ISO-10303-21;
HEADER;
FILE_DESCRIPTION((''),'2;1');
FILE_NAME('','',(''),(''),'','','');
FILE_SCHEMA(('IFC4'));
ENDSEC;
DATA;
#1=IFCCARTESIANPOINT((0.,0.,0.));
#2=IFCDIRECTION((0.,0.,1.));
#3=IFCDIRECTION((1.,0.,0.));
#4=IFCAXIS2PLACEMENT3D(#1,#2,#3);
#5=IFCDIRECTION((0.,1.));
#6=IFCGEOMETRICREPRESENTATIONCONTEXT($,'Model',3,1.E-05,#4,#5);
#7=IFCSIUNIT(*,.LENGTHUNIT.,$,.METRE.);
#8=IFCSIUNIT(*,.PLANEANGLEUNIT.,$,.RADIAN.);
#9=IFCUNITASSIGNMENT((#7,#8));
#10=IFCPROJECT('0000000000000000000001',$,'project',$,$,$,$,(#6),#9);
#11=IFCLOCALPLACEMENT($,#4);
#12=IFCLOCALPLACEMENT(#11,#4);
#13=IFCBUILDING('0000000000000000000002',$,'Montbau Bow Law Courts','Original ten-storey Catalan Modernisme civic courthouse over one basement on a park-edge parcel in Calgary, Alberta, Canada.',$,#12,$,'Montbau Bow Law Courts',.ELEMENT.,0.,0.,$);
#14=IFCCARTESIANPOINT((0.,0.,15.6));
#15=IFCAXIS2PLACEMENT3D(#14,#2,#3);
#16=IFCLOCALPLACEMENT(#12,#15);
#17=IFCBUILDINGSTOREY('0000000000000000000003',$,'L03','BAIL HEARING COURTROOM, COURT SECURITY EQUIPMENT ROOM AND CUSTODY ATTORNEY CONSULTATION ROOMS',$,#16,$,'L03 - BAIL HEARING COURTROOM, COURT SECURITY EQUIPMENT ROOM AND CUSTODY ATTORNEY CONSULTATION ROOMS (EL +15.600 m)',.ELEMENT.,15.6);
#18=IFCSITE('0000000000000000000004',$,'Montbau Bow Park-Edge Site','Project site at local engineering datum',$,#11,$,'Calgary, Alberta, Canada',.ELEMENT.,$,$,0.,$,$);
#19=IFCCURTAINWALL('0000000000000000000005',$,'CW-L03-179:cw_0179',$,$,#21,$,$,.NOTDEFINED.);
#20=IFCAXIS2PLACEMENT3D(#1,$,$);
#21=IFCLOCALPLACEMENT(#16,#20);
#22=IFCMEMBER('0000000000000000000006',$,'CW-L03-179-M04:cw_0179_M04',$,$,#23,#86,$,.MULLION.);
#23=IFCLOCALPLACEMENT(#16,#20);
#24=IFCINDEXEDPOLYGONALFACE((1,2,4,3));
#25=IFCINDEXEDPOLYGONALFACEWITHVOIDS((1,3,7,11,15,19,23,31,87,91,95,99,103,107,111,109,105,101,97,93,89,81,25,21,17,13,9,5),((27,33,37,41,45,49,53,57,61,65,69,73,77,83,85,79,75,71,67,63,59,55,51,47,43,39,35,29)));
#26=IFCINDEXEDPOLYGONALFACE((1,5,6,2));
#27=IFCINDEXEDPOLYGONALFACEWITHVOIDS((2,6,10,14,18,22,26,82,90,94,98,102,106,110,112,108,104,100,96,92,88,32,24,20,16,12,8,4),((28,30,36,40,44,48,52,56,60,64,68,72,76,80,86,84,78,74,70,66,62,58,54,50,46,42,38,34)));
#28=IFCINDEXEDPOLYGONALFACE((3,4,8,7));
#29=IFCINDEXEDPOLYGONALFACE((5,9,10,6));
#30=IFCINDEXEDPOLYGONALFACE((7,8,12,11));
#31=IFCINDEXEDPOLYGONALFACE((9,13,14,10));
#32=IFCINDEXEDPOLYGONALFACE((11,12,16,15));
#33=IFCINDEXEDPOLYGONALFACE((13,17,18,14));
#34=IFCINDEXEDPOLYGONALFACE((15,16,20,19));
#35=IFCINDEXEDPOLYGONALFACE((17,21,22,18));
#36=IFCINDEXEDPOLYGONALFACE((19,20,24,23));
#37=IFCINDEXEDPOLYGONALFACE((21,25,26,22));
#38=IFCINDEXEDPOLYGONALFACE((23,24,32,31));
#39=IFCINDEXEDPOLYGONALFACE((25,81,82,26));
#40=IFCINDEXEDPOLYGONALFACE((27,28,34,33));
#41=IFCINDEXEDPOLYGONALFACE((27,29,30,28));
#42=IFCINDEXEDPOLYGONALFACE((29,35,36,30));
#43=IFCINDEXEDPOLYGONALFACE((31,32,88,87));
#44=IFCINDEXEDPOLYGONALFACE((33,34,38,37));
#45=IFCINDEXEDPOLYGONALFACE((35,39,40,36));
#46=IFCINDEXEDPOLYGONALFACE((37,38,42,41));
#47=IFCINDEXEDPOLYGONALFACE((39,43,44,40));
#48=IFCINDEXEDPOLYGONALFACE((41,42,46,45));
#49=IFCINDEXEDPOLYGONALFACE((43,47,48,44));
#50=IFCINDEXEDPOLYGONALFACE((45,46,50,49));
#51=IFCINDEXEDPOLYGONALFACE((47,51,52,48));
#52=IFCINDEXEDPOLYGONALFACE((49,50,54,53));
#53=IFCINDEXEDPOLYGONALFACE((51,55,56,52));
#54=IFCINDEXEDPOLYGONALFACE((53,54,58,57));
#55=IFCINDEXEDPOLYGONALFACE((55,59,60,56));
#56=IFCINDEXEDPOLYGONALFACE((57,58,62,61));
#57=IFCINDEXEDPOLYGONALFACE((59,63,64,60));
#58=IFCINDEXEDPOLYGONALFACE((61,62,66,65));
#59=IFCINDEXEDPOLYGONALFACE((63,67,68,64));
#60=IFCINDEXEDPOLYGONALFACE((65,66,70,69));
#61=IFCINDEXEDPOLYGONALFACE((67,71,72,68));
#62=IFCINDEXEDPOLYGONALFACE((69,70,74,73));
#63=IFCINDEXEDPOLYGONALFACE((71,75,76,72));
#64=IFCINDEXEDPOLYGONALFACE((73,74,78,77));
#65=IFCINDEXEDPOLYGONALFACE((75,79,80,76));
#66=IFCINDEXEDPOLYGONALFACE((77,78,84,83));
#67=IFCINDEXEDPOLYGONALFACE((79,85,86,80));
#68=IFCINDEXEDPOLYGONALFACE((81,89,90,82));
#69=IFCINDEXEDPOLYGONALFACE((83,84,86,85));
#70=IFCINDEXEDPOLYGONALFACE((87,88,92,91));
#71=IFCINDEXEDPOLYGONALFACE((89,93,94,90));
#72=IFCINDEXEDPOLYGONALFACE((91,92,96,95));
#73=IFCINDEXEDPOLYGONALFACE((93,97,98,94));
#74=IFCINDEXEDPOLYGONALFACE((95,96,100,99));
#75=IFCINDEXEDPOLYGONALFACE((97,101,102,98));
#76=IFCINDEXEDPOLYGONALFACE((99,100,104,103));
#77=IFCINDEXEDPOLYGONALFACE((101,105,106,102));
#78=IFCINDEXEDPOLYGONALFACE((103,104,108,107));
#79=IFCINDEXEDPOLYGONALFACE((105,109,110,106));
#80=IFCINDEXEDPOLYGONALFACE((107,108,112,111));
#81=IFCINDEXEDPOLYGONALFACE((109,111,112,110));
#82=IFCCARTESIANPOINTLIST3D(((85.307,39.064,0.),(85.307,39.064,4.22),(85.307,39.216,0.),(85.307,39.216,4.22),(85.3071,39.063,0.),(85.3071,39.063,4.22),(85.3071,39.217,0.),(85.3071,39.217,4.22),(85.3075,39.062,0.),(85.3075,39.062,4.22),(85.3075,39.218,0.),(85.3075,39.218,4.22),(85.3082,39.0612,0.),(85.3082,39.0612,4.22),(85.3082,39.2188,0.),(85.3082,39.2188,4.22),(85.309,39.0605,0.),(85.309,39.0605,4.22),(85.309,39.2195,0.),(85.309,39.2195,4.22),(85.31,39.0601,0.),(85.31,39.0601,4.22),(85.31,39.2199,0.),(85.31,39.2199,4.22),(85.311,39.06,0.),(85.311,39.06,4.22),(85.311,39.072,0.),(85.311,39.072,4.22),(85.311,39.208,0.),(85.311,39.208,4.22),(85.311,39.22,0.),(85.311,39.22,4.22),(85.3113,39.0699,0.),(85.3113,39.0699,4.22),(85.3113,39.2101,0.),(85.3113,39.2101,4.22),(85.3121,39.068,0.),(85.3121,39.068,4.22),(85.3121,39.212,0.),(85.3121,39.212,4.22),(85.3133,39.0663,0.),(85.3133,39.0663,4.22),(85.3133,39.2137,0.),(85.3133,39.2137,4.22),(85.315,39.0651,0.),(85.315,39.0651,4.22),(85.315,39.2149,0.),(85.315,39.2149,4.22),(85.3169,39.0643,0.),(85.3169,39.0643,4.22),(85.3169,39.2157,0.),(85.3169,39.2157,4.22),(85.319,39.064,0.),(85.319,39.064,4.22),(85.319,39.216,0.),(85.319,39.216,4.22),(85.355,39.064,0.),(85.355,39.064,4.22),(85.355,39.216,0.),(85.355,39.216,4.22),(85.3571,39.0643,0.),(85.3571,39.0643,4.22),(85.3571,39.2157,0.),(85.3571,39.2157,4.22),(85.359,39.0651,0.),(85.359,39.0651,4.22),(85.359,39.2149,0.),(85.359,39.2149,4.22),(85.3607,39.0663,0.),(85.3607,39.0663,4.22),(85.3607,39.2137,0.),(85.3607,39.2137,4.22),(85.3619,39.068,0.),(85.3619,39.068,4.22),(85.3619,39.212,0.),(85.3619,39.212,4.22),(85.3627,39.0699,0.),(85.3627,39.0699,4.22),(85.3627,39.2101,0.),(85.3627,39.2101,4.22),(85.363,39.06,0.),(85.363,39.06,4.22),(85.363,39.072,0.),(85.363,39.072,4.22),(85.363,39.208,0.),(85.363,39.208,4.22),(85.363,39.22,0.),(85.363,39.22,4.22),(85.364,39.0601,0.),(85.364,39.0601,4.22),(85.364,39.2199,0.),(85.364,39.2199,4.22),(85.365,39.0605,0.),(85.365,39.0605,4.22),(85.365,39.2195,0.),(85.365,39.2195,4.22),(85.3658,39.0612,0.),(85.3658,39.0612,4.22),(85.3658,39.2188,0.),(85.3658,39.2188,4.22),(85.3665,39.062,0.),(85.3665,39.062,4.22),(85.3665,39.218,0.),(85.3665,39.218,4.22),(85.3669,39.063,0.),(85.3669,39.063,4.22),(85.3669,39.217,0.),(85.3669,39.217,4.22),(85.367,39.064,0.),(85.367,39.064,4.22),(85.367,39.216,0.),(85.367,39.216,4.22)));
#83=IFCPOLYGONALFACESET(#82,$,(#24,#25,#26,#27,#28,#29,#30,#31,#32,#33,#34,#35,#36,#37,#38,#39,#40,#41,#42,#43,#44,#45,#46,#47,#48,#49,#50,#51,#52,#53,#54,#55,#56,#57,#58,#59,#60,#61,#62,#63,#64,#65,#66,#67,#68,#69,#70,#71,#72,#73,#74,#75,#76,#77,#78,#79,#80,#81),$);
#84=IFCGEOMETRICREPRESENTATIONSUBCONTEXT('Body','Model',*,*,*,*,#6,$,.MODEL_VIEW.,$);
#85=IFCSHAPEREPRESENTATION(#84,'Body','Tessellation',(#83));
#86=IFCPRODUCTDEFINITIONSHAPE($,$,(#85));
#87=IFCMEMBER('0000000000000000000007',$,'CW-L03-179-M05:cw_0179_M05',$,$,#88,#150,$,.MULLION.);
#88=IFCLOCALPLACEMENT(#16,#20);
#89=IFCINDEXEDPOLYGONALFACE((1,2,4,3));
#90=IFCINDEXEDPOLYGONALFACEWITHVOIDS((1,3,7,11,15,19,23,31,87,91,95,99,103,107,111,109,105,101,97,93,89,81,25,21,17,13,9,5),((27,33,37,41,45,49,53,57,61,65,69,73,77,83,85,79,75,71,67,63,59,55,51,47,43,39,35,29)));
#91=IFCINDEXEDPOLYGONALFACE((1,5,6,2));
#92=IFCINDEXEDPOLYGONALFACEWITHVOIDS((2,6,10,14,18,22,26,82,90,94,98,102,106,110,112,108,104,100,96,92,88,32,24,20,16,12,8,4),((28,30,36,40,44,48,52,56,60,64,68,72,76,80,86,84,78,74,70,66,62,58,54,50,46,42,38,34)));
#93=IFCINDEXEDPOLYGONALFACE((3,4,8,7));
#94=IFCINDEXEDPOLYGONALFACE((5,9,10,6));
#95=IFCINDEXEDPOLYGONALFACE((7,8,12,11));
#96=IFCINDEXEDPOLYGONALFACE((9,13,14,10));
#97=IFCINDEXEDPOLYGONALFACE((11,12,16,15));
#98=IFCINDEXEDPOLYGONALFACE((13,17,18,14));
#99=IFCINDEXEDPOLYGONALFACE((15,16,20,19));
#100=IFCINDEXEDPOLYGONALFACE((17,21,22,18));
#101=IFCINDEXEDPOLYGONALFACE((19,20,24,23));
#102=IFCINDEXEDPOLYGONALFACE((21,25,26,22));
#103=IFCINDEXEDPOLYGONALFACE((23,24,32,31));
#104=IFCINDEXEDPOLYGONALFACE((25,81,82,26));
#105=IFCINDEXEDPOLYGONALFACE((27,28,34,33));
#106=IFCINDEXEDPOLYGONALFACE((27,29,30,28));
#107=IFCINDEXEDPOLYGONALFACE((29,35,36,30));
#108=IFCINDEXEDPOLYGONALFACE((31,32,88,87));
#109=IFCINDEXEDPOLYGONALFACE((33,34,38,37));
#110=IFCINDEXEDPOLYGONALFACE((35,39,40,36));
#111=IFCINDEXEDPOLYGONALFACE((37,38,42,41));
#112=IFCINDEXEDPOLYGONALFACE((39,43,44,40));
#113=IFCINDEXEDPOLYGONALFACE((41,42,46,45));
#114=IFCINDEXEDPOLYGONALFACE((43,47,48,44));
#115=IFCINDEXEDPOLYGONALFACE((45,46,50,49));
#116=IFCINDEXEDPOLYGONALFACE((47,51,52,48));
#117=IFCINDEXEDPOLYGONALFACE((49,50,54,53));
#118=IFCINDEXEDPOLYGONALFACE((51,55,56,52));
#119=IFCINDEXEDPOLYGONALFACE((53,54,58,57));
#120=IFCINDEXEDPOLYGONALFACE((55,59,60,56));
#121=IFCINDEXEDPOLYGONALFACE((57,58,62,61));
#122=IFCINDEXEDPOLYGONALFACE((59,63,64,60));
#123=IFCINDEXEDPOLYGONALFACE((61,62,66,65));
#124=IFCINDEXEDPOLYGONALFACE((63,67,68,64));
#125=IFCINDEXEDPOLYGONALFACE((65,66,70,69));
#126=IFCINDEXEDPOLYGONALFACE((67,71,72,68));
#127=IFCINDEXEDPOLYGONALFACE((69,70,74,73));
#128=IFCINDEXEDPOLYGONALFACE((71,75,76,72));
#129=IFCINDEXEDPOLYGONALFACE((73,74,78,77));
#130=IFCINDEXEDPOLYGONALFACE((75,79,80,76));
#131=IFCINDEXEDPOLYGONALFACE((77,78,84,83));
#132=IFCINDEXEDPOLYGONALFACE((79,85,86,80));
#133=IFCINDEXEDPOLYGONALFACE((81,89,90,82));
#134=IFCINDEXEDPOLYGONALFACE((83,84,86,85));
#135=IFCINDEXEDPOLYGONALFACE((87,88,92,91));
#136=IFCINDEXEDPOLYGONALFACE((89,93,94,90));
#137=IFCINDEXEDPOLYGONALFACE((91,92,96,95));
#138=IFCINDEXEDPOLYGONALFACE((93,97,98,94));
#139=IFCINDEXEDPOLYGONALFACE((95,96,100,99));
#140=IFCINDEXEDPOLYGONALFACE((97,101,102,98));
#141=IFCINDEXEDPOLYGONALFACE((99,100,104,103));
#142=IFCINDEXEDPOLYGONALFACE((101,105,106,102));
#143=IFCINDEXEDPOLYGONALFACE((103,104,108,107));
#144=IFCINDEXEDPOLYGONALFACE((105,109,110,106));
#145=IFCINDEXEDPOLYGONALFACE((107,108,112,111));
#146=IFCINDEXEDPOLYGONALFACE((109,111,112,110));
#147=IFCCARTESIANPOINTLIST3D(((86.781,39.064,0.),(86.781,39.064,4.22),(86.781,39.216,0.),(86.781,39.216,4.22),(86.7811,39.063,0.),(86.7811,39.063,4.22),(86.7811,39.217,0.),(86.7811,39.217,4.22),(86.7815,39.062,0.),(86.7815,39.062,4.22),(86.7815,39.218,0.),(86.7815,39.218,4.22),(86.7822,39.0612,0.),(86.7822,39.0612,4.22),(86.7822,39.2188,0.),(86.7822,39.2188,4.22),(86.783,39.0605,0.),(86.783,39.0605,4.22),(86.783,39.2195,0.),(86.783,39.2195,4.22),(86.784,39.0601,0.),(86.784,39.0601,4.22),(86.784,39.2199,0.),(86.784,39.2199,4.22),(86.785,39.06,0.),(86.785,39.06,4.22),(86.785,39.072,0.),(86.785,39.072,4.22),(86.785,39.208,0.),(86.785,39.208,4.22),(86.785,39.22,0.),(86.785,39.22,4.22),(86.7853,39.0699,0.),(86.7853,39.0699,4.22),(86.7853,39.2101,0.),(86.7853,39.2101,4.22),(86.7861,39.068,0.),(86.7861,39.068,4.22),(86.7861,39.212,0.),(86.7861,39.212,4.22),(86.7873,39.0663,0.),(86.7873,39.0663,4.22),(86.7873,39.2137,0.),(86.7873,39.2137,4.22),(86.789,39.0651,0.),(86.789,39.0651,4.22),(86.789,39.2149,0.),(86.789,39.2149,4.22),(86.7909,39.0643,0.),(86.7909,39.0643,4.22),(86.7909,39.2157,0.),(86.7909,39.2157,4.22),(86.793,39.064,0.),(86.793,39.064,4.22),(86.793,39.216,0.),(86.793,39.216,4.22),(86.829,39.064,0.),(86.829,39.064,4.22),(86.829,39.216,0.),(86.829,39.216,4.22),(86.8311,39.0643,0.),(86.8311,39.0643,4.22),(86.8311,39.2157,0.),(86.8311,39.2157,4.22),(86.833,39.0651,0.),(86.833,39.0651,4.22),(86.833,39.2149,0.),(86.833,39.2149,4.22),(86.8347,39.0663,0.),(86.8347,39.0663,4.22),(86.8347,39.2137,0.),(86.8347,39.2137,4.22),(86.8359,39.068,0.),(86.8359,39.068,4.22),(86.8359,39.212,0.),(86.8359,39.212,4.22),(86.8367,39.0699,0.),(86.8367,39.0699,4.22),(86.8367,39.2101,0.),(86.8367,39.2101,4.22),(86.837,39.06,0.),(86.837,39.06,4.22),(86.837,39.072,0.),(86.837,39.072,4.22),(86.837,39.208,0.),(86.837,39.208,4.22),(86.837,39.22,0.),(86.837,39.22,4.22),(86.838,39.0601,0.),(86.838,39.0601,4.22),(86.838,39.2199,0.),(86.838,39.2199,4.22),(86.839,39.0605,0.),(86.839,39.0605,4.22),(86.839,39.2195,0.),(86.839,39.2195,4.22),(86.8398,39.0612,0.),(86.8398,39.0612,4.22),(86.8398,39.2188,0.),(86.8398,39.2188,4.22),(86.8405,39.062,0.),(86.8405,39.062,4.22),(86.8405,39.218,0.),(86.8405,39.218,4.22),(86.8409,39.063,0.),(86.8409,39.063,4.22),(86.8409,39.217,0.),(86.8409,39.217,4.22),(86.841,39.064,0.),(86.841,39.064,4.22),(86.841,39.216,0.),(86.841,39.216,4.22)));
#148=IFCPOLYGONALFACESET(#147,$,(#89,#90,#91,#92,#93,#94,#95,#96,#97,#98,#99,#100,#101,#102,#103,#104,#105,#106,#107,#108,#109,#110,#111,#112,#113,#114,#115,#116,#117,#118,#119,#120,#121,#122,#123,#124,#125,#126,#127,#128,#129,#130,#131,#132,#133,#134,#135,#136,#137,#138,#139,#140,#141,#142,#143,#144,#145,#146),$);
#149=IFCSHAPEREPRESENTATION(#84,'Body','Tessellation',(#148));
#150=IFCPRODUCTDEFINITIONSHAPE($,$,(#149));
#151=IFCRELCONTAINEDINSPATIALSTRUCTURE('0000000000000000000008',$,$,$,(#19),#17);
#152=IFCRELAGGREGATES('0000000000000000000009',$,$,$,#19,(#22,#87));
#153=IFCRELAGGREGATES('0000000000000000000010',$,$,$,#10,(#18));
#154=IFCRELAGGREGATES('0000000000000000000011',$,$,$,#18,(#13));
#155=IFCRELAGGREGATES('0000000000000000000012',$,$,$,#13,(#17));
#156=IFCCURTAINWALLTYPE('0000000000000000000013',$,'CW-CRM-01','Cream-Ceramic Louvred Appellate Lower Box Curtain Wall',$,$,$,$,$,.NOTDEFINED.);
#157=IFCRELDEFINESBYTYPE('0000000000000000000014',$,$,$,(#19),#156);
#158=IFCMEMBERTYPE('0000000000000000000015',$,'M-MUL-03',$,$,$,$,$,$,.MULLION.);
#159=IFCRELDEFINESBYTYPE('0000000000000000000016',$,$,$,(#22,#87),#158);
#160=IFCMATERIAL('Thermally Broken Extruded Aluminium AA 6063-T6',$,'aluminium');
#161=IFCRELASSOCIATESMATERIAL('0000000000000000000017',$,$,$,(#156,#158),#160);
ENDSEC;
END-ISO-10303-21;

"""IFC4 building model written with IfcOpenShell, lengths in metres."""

from ifc_helpers import new_model, si_unit, direction, frame, origin_with_axes, origin_2d_with_axis, place, context, subcontext, project, spatial, hollow_rectangle, extrude, material, material_profile, profile_set, type_object, element, aggregate, save


model = new_model("IFC4")

# Units and contexts
model_context = context("Model", 3, precision=1e-05, world=origin_with_axes(), true_north=direction((0.0, 1.0)))
body_context = subcontext(model_context, "Body", "Model", "MODEL_VIEW")
ifc_project = project(units=[si_unit("LENGTHUNIT", "METRE"), si_unit("PLANEANGLEUNIT", "RADIAN")], contexts=[model_context])

# Site, building, storey
site_placement = place(None, origin_with_axes())
site = spatial("IfcSite", under=ifc_project, at=site_placement, Name="Montbau Bow Park-Edge Site", Description="Project site at local engineering datum", LongName="Calgary, Alberta, Canada", CompositionType="ELEMENT", RefElevation=0.0)
building_placement = place(site_placement, origin_with_axes())
building = spatial("IfcBuilding", under=site, at=building_placement, Name="Montbau Bow Law Courts", Description="Original ten-storey Catalan Modernisme civic courthouse over one basement on a park-edge parcel in Calgary, Alberta, Canada.", LongName="Montbau Bow Law Courts", CompositionType="ELEMENT", ElevationOfRefHeight=0.0, ElevationOfTerrain=0.0)
storey_placement = place(building_placement, frame((0.0, 0.0, 15.6), z_axis=(0.0, 0.0, 1.0), x_axis=(1.0, 0.0, 0.0)))
storey = spatial("IfcBuildingStorey", under=building, at=storey_placement, Name="L03", Description="BAIL HEARING COURTROOM, COURT SECURITY EQUIPMENT ROOM AND CUSTODY ATTORNEY CONSULTATION ROOMS", LongName="L03 - BAIL HEARING COURTROOM, COURT SECURITY EQUIPMENT ROOM AND CUSTODY ATTORNEY CONSULTATION ROOMS (EL +15.600 m)", CompositionType="ELEMENT", Elevation=15.6)

# Curtain wall, members
ifc_material_1 = material(Name="Thermally Broken Extruded Aluminium AA 6063-T6", Category="aluminium")
curtain_wall_type = type_object("IfcCurtainWallType", Name="CW-CRM-01", Description="Cream-Ceramic Louvred Appellate Lower Box Curtain Wall", PredefinedType="NOTDEFINED", material=ifc_material_1)
curtain_wall_placement = place(None, frame((80.915, 39.14, 15.6), z_axis=(0.0, 0.0, 1.0), x_axis=(1.0, 0.0, 0.0)))
curtain_wall = element("IfcCurtainWall", 1, at=curtain_wall_placement, inside=storey, type_object=curtain_wall_type, Name="CW-L03-179:cw_0179", PredefinedType="NOTDEFINED")
ifc_material_profile_1 = material_profile(ifc_material_1, hollow_rectangle(XDim=0.06, YDim=0.16, WallThickness=0.004, InnerFilletRadius=0.008, OuterFilletRadius=0.004, at=origin_2d_with_axis()), Name="CWM-160X60", Category="Main", Priority=0)
ifc_profile_set_1 = profile_set([ifc_material_profile_1], Name="Thermally Broken Extruded Aluminium AA 6063-T6")
member_type_1 = type_object("IfcMemberType", Name="M-MUL-03", PredefinedType="MULLION", material=ifc_profile_set_1)
member_1_placement = place(None, frame((85.337, 39.14, 15.6), z_axis=(0.0, 0.0, 1.0), x_axis=(1.0, 0.0, 0.0)))
member_1 = element("IfcMember", 2, at=member_1_placement, type_object=member_type_1, Name="CW-L03-179-M04:cw_0179_M04", PredefinedType="MULLION", context=body_context, shape_type="SweptSolid", body=[
    extrude(hollow_rectangle(XDim=0.06, YDim=0.16, WallThickness=0.004, InnerFilletRadius=0.008, OuterFilletRadius=0.004, at=origin_2d_with_axis()), origin_with_axes(), (0.0, 0.0, 1.0), 4.22),
])
member_2_placement = place(None, frame((86.811, 39.14, 15.6), z_axis=(0.0, 0.0, 1.0), x_axis=(1.0, 0.0, 0.0)))
member_2 = element("IfcMember", 3, at=member_2_placement, type_object=member_type_1, Name="CW-L03-179-M05:cw_0179_M05", PredefinedType="MULLION", context=body_context, shape_type="SweptSolid", body=[
    extrude(hollow_rectangle(XDim=0.06, YDim=0.16, WallThickness=0.004, InnerFilletRadius=0.008, OuterFilletRadius=0.004, at=origin_2d_with_axis()), origin_with_axes(), (0.0, 0.0, 1.0), 4.22),
])
aggregate(curtain_wall, [member_1, member_2])

save(model, "model.ifc")
